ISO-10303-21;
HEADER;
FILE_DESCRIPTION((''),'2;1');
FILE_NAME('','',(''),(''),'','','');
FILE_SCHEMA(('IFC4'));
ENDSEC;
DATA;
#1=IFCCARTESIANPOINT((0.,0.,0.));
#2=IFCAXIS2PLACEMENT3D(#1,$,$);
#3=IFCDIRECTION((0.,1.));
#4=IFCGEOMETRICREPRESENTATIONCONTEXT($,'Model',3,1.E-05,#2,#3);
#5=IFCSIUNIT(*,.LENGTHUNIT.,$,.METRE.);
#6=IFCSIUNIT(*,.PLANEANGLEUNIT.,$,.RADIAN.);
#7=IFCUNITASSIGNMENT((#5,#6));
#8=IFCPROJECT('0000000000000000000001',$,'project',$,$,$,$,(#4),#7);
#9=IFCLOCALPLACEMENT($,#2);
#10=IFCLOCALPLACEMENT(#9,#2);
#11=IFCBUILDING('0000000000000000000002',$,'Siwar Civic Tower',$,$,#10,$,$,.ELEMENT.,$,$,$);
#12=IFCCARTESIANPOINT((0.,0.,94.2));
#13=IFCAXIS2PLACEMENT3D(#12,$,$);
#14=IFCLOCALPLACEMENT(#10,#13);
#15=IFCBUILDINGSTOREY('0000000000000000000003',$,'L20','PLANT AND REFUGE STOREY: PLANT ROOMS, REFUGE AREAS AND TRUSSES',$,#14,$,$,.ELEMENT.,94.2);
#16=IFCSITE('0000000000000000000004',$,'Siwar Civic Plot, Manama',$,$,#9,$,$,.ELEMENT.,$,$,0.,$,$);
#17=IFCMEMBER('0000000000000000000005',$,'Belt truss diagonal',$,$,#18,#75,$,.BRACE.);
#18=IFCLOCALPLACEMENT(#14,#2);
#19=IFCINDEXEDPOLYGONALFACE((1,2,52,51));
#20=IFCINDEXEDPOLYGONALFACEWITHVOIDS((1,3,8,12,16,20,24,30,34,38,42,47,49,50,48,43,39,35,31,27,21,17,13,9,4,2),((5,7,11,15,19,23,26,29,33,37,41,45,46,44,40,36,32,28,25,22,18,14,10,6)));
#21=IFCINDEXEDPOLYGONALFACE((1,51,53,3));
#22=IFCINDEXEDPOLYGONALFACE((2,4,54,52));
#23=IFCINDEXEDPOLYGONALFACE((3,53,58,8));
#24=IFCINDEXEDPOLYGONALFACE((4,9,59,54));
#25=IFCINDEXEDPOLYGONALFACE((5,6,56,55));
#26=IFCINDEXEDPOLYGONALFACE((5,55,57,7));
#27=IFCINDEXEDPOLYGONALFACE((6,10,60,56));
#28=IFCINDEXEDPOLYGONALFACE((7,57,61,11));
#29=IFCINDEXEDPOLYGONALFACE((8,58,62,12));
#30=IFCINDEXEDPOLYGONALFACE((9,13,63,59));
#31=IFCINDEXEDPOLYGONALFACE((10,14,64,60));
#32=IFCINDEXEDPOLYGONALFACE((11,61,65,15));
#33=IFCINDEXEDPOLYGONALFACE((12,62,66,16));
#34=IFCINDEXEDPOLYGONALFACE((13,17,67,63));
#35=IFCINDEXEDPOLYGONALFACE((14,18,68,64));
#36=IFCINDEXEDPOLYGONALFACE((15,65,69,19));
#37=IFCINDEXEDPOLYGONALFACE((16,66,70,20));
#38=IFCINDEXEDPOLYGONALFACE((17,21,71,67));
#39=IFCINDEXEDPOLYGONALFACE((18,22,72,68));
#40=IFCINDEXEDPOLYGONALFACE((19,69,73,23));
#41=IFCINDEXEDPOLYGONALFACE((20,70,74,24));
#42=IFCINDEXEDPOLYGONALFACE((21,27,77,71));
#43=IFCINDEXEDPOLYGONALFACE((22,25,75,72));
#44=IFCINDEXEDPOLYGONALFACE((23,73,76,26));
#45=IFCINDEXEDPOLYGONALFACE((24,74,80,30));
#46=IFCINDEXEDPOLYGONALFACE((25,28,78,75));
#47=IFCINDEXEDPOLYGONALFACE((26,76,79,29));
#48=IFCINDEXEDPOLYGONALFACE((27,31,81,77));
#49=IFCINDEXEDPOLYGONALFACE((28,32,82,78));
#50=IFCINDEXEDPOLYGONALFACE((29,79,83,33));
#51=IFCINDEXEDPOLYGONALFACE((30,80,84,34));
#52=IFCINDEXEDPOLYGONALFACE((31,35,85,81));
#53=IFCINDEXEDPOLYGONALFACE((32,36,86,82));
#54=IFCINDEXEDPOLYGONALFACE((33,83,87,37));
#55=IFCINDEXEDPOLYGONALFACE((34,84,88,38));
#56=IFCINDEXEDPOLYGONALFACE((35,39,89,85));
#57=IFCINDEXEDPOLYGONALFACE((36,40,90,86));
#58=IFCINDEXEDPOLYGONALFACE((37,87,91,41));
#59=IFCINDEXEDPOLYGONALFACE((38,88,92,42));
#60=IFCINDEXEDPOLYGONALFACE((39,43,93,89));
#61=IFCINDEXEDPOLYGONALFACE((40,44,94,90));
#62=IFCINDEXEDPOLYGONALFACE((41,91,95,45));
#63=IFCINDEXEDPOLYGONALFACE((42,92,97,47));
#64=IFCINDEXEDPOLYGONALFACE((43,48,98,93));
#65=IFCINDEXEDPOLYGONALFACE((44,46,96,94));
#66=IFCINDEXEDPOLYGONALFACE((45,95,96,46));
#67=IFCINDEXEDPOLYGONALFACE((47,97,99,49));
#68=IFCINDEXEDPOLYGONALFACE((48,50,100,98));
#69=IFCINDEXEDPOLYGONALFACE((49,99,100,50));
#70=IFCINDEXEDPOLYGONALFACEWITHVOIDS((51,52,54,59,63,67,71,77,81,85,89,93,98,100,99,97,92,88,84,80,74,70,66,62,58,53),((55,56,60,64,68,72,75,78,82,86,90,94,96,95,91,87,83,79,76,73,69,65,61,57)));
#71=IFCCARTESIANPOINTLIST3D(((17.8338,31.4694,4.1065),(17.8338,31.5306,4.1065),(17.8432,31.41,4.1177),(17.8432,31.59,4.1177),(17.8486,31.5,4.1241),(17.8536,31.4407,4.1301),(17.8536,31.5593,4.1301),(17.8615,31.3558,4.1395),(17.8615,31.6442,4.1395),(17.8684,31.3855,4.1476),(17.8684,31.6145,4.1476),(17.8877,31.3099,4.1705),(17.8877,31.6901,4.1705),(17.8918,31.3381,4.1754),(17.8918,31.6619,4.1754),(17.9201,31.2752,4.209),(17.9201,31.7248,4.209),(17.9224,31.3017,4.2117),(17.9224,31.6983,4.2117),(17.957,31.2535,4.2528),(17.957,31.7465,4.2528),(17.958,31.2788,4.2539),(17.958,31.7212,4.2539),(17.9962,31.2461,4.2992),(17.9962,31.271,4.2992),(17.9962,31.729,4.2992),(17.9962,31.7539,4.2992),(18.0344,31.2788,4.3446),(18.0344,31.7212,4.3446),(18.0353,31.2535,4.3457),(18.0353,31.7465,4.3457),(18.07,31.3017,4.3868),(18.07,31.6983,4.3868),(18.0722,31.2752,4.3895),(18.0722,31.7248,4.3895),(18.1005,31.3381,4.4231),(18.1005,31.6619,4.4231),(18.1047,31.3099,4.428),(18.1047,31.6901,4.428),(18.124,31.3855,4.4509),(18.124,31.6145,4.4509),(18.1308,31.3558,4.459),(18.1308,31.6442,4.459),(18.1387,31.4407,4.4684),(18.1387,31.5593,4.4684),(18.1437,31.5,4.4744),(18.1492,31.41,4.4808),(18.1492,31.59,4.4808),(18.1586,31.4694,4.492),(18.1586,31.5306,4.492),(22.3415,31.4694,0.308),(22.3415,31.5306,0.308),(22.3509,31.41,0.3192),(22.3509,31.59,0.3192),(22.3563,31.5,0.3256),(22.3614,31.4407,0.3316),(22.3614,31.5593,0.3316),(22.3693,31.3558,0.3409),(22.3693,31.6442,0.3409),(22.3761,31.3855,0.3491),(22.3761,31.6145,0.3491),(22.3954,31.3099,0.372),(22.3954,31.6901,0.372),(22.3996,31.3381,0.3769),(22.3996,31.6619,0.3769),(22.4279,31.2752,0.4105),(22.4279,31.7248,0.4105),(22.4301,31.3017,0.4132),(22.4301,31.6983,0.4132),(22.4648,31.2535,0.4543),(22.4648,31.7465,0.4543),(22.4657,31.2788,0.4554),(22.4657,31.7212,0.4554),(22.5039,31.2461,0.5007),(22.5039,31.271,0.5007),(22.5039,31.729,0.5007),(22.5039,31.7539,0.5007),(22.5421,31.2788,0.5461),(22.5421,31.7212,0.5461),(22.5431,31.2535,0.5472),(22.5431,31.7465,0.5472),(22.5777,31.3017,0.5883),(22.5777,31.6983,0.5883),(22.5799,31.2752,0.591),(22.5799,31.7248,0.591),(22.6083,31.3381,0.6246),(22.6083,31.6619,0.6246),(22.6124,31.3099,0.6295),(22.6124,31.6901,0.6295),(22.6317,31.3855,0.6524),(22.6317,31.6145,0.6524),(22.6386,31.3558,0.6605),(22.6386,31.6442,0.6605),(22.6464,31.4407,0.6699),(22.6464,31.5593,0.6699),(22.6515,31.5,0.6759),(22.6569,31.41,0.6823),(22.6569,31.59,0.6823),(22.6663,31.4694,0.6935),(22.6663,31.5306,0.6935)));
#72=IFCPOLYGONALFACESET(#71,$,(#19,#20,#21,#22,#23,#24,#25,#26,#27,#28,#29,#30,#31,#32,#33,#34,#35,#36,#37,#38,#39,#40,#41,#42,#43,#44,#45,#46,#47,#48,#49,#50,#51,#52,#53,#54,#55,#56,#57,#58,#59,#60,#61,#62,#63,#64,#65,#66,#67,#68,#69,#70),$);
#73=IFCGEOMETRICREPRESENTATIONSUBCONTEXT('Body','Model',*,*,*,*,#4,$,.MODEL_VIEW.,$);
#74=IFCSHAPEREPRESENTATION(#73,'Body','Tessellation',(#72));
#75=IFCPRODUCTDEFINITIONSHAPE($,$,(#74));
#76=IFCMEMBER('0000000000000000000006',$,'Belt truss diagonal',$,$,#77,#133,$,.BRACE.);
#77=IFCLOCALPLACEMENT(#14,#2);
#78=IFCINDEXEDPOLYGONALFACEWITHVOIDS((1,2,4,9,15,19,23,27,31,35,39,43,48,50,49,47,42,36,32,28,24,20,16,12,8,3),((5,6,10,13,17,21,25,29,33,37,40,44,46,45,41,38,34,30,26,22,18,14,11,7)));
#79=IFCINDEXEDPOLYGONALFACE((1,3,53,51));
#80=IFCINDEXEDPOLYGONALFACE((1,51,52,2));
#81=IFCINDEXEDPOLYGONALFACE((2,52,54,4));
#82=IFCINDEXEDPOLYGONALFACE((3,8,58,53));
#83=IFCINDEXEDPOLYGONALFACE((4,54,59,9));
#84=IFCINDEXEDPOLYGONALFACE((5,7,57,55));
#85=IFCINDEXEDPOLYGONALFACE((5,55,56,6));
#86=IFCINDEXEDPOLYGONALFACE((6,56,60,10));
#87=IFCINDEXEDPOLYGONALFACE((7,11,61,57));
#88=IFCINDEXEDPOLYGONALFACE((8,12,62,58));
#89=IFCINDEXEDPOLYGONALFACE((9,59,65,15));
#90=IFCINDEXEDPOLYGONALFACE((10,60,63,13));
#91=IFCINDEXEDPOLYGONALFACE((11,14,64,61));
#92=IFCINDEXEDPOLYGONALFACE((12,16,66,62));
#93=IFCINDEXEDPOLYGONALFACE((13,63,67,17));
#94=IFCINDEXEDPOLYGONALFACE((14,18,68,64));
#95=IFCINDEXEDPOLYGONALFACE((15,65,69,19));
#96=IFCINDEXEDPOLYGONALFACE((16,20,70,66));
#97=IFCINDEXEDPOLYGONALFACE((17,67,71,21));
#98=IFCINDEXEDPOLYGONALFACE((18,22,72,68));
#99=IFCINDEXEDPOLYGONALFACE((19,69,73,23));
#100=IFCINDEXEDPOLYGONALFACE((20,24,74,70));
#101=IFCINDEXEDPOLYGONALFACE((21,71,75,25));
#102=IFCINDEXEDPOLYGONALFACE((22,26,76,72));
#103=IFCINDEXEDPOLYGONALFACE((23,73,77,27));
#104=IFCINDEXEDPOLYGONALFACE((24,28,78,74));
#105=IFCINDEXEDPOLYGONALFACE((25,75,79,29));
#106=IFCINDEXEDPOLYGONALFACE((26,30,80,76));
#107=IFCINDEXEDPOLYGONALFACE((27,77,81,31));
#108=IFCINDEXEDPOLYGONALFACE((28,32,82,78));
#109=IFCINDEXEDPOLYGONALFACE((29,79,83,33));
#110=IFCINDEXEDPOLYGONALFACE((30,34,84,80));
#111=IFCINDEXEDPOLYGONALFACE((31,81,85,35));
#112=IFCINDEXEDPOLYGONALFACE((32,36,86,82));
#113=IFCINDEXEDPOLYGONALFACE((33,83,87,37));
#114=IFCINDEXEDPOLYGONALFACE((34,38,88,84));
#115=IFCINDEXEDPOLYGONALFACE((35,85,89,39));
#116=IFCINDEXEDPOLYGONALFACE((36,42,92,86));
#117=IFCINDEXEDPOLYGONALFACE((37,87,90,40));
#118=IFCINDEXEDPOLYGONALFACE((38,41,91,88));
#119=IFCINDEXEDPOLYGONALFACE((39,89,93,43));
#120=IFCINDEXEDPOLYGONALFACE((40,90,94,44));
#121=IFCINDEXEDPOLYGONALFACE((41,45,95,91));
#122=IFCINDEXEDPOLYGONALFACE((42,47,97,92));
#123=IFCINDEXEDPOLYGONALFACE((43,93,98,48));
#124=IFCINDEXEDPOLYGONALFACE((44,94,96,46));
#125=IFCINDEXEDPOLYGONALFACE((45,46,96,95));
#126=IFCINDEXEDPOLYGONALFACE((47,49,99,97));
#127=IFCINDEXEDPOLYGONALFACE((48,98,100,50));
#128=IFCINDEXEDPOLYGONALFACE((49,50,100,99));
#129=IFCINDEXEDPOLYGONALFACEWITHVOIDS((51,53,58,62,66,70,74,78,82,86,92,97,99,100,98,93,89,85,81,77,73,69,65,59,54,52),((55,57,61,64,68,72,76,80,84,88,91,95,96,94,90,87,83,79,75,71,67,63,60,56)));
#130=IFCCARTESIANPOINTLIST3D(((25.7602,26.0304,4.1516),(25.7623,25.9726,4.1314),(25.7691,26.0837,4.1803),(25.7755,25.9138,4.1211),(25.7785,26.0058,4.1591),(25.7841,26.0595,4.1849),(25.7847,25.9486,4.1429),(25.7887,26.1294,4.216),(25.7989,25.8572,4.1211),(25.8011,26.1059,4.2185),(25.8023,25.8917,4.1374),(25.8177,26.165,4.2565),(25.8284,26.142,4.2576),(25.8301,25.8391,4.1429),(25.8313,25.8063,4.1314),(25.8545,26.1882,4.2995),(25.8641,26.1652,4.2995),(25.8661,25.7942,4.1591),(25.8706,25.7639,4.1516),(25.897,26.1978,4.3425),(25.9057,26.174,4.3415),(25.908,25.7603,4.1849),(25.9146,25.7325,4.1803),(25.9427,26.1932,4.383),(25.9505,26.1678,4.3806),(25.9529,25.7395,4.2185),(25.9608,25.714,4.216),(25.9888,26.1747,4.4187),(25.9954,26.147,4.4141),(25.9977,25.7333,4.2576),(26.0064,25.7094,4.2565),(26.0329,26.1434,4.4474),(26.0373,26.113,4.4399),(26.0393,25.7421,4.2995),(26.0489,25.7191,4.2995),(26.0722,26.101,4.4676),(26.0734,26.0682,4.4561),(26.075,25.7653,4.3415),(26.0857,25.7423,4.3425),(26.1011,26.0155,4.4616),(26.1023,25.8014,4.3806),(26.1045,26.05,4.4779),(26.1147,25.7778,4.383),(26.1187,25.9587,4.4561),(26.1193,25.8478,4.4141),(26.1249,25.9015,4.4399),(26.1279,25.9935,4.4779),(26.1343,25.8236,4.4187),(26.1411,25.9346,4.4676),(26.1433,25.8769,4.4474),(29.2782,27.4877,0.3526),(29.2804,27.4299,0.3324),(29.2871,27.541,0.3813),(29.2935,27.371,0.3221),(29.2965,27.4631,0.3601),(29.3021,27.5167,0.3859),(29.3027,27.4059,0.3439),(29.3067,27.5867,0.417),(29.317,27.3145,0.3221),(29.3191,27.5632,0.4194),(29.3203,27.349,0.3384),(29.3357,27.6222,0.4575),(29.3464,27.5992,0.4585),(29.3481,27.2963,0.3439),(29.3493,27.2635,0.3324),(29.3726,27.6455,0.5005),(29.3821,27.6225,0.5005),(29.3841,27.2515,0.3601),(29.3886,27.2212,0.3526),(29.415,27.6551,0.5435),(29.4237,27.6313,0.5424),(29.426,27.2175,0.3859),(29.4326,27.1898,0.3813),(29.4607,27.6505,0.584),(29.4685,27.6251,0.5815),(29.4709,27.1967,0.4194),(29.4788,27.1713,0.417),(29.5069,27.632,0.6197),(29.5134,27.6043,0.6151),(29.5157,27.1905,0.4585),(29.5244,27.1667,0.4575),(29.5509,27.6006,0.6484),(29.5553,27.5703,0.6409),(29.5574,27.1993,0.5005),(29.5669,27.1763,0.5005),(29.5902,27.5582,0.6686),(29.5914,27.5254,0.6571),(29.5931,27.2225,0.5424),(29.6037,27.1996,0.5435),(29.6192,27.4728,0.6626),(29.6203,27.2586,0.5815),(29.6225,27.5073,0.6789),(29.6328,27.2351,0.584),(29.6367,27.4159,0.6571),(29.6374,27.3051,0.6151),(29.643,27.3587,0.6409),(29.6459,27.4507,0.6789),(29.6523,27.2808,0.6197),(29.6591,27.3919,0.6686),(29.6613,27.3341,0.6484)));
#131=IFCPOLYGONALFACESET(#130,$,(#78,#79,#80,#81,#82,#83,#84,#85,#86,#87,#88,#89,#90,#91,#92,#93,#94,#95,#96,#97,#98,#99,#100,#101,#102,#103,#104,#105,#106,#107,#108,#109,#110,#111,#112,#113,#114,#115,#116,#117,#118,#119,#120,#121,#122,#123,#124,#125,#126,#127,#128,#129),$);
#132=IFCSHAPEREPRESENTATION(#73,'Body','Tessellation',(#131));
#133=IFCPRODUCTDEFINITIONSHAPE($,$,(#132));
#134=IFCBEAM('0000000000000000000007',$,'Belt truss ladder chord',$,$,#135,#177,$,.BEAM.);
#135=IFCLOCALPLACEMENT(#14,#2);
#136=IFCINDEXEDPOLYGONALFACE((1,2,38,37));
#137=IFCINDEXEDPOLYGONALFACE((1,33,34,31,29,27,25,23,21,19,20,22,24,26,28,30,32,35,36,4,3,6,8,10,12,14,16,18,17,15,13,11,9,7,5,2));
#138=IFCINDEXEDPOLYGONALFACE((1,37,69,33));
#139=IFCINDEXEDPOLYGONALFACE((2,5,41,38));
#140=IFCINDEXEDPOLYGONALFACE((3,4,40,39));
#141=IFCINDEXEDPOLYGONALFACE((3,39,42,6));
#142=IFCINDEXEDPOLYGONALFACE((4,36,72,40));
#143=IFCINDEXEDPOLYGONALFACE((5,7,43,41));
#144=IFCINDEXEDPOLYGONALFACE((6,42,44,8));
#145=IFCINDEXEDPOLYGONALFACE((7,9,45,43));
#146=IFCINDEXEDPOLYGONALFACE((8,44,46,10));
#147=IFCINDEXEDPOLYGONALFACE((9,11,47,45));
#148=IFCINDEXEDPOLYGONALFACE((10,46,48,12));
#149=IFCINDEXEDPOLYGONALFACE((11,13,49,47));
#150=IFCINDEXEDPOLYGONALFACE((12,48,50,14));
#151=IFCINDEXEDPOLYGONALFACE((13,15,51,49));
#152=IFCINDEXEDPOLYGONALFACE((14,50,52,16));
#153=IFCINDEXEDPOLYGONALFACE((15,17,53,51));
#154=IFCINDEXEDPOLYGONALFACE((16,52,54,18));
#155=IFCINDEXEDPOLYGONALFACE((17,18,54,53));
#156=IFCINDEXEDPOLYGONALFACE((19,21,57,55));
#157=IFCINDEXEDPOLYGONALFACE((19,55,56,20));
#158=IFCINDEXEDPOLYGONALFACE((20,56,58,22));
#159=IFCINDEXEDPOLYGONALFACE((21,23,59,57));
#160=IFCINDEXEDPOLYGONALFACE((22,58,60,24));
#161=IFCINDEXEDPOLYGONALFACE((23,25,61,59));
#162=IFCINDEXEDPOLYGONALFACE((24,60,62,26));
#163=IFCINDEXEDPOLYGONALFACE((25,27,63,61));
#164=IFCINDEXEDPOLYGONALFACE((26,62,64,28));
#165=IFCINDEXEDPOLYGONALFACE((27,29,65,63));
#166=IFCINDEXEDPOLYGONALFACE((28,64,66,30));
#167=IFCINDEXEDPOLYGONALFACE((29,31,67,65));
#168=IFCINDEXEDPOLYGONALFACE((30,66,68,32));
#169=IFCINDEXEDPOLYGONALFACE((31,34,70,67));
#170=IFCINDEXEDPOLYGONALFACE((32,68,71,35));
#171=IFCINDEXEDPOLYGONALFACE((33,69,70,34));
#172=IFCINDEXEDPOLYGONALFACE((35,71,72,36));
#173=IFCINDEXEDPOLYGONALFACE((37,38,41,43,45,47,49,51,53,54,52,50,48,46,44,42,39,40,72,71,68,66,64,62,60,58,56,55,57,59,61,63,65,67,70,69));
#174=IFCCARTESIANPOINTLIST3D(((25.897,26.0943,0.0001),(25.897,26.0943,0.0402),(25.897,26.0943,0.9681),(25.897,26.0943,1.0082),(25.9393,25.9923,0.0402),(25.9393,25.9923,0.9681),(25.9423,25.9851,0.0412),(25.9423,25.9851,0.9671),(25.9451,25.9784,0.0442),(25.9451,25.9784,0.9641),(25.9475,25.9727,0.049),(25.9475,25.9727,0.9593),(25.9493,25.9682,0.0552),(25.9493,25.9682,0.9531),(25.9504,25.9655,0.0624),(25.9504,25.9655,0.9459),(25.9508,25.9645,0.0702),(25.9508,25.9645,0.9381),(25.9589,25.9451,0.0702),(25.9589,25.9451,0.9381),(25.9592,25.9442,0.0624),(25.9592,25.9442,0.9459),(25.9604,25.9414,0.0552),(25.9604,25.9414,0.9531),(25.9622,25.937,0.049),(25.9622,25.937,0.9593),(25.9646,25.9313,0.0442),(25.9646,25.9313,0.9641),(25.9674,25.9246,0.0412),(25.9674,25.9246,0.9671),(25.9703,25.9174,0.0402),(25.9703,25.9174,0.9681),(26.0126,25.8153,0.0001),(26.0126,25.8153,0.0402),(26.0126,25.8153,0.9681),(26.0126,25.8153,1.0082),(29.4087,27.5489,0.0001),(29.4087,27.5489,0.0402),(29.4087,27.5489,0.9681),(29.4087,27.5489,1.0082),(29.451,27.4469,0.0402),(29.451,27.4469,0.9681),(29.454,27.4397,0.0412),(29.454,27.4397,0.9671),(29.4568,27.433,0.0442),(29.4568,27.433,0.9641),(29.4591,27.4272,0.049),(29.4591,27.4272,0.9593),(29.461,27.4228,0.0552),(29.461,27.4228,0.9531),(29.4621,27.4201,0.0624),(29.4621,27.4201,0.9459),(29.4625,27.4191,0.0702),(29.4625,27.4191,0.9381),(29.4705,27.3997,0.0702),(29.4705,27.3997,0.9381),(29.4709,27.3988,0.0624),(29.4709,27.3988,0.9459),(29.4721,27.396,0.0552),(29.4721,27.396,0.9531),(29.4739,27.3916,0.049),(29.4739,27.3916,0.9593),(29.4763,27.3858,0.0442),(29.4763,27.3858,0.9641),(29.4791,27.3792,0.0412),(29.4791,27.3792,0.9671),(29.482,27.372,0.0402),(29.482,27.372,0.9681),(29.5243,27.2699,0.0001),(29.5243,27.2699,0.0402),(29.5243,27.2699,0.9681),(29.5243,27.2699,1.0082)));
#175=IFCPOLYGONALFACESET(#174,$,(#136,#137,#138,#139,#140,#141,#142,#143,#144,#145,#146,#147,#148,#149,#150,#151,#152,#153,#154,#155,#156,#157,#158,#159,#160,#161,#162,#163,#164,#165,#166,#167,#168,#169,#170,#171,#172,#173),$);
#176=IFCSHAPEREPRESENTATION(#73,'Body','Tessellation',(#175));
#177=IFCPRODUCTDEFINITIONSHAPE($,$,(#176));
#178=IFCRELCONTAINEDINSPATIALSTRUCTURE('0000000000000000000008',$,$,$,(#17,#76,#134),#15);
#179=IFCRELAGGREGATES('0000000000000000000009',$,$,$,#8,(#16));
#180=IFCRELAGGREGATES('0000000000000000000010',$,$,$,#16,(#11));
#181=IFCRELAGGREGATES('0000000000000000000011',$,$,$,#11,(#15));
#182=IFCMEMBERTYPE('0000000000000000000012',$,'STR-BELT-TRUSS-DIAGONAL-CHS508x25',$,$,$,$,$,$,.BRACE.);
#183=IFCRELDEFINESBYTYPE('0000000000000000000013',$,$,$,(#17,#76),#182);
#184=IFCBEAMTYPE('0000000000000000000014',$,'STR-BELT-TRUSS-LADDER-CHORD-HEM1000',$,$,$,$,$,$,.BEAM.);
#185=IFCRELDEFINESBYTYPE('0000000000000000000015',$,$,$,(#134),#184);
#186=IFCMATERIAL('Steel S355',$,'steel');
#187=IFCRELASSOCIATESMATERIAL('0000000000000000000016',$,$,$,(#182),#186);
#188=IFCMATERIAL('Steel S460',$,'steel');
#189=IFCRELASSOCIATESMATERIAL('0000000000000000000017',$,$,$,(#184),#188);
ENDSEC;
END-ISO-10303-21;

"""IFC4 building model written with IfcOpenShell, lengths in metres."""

from ifc_helpers import new_model, si_unit, direction, frame, origin, origin_2d, place, context, subcontext, project, spatial, hollow_circle, i_section, extrude, material, material_profile, profile_set, type_object, element, save


model = new_model("IFC4")

# Units and contexts
model_context = context("Model", 3, precision=1e-05, world=origin(), true_north=direction((0.0, 1.0)))
body_context = subcontext(model_context, "Body", "Model", "MODEL_VIEW")
ifc_project = project(units=[si_unit("LENGTHUNIT", "METRE"), si_unit("PLANEANGLEUNIT", "RADIAN")], contexts=[model_context])

# Site, building, storey
site_placement = place(None, origin())
site = spatial("IfcSite", under=ifc_project, at=site_placement, Name="Siwar Civic Plot, Manama", CompositionType="ELEMENT", RefElevation=0.0)
building_placement = place(site_placement, origin())
building = spatial("IfcBuilding", under=site, at=building_placement, Name="Siwar Civic Tower", CompositionType="ELEMENT")
storey_placement = place(building_placement, frame((0.0, 0.0, 94.2)))
storey = spatial("IfcBuildingStorey", under=building, at=storey_placement, Name="L20", Description="PLANT AND REFUGE STOREY: PLANT ROOMS, REFUGE AREAS AND TRUSSES", CompositionType="ELEMENT", Elevation=94.2)

# Members
ifc_material_1 = material(Name="Steel S355", Category="steel")
ifc_material_profile_1 = material_profile(ifc_material_1, hollow_circle(Radius=0.2539, WallThickness=0.0249, at=origin_2d()), Name="CHS508x25")
ifc_profile_set_1 = profile_set([ifc_material_profile_1], Name="Steel S355")
member_type_1 = type_object("IfcMemberType", Name="STR-BELT-TRUSS-DIAGONAL-CHS508x25", PredefinedType="BRACE", material=ifc_profile_set_1)
member_1_placement = place(storey_placement, frame((22.5039, 31.5, 0.5007), z_axis=(-0.7647, 0.0, 0.644387), x_axis=(0.0, -1.0, 0.0)))
element("IfcMember", 1, at=member_1_placement, inside=storey, type_object=member_type_1, Name="Belt truss diagonal", PredefinedType="BRACE", context=body_context, shape_type="SweptSolid", body=[
    extrude(hollow_circle(Radius=0.2539, WallThickness=0.0249, at=origin_2d()), origin(), (0.0, 0.0, 1.0), 5.8948),
])
member_2_placement = place(storey_placement, frame((29.4697, 27.4109, 0.5005), z_axis=(-0.65404, -0.270921, 0.706282), x_axis=(0.382693, -0.923875, 0.0)))
element("IfcMember", 2, at=member_2_placement, inside=storey, type_object=member_type_1, Name="Belt truss diagonal", PredefinedType="BRACE", context=body_context, shape_type="SweptSolid", body=[
    extrude(hollow_circle(Radius=0.2539, WallThickness=0.0249, at=origin_2d()), origin(), (0.0, 0.0, 1.0), 5.3789),
])

# Beam
ifc_material_2 = material(Name="Steel S460", Category="steel")
ifc_material_profile_2 = material_profile(ifc_material_2, i_section(OverallWidth=0.302, OverallDepth=1.0081, WebThickness=0.021, FlangeThickness=0.04, FilletRadius=0.03, at=origin_2d()), Name="HEM1000")
ifc_profile_set_2 = profile_set([ifc_material_profile_2], Name="Steel S460")
beam_type_1 = type_object("IfcBeamType", Name="STR-BELT-TRUSS-LADDER-CHORD-HEM1000", PredefinedType="BEAM", material=ifc_profile_set_2)
for number, where, z_axis, x_axis, name in (
    (3, (25.9548, 25.9548, 0.5042), (0.923881, 0.382681, 0.0), (-0.382681, 0.923881, 0.0), "Belt truss ladder chord"),
):
    element("IfcBeam", number, at=place(storey_placement, frame(where, z_axis=z_axis, x_axis=x_axis)), inside=storey, type_object=beam_type_1, Name=name, PredefinedType="BEAM", context=body_context, shape_type="SweptSolid", body=[
        extrude(i_section(OverallWidth=0.302, OverallDepth=1.0081, WebThickness=0.021, FlangeThickness=0.04, FilletRadius=0.03, at=origin_2d()), origin(), (0.0, 0.0, 1.0), 3.801),
    ])

save(model, "model.ifc")
